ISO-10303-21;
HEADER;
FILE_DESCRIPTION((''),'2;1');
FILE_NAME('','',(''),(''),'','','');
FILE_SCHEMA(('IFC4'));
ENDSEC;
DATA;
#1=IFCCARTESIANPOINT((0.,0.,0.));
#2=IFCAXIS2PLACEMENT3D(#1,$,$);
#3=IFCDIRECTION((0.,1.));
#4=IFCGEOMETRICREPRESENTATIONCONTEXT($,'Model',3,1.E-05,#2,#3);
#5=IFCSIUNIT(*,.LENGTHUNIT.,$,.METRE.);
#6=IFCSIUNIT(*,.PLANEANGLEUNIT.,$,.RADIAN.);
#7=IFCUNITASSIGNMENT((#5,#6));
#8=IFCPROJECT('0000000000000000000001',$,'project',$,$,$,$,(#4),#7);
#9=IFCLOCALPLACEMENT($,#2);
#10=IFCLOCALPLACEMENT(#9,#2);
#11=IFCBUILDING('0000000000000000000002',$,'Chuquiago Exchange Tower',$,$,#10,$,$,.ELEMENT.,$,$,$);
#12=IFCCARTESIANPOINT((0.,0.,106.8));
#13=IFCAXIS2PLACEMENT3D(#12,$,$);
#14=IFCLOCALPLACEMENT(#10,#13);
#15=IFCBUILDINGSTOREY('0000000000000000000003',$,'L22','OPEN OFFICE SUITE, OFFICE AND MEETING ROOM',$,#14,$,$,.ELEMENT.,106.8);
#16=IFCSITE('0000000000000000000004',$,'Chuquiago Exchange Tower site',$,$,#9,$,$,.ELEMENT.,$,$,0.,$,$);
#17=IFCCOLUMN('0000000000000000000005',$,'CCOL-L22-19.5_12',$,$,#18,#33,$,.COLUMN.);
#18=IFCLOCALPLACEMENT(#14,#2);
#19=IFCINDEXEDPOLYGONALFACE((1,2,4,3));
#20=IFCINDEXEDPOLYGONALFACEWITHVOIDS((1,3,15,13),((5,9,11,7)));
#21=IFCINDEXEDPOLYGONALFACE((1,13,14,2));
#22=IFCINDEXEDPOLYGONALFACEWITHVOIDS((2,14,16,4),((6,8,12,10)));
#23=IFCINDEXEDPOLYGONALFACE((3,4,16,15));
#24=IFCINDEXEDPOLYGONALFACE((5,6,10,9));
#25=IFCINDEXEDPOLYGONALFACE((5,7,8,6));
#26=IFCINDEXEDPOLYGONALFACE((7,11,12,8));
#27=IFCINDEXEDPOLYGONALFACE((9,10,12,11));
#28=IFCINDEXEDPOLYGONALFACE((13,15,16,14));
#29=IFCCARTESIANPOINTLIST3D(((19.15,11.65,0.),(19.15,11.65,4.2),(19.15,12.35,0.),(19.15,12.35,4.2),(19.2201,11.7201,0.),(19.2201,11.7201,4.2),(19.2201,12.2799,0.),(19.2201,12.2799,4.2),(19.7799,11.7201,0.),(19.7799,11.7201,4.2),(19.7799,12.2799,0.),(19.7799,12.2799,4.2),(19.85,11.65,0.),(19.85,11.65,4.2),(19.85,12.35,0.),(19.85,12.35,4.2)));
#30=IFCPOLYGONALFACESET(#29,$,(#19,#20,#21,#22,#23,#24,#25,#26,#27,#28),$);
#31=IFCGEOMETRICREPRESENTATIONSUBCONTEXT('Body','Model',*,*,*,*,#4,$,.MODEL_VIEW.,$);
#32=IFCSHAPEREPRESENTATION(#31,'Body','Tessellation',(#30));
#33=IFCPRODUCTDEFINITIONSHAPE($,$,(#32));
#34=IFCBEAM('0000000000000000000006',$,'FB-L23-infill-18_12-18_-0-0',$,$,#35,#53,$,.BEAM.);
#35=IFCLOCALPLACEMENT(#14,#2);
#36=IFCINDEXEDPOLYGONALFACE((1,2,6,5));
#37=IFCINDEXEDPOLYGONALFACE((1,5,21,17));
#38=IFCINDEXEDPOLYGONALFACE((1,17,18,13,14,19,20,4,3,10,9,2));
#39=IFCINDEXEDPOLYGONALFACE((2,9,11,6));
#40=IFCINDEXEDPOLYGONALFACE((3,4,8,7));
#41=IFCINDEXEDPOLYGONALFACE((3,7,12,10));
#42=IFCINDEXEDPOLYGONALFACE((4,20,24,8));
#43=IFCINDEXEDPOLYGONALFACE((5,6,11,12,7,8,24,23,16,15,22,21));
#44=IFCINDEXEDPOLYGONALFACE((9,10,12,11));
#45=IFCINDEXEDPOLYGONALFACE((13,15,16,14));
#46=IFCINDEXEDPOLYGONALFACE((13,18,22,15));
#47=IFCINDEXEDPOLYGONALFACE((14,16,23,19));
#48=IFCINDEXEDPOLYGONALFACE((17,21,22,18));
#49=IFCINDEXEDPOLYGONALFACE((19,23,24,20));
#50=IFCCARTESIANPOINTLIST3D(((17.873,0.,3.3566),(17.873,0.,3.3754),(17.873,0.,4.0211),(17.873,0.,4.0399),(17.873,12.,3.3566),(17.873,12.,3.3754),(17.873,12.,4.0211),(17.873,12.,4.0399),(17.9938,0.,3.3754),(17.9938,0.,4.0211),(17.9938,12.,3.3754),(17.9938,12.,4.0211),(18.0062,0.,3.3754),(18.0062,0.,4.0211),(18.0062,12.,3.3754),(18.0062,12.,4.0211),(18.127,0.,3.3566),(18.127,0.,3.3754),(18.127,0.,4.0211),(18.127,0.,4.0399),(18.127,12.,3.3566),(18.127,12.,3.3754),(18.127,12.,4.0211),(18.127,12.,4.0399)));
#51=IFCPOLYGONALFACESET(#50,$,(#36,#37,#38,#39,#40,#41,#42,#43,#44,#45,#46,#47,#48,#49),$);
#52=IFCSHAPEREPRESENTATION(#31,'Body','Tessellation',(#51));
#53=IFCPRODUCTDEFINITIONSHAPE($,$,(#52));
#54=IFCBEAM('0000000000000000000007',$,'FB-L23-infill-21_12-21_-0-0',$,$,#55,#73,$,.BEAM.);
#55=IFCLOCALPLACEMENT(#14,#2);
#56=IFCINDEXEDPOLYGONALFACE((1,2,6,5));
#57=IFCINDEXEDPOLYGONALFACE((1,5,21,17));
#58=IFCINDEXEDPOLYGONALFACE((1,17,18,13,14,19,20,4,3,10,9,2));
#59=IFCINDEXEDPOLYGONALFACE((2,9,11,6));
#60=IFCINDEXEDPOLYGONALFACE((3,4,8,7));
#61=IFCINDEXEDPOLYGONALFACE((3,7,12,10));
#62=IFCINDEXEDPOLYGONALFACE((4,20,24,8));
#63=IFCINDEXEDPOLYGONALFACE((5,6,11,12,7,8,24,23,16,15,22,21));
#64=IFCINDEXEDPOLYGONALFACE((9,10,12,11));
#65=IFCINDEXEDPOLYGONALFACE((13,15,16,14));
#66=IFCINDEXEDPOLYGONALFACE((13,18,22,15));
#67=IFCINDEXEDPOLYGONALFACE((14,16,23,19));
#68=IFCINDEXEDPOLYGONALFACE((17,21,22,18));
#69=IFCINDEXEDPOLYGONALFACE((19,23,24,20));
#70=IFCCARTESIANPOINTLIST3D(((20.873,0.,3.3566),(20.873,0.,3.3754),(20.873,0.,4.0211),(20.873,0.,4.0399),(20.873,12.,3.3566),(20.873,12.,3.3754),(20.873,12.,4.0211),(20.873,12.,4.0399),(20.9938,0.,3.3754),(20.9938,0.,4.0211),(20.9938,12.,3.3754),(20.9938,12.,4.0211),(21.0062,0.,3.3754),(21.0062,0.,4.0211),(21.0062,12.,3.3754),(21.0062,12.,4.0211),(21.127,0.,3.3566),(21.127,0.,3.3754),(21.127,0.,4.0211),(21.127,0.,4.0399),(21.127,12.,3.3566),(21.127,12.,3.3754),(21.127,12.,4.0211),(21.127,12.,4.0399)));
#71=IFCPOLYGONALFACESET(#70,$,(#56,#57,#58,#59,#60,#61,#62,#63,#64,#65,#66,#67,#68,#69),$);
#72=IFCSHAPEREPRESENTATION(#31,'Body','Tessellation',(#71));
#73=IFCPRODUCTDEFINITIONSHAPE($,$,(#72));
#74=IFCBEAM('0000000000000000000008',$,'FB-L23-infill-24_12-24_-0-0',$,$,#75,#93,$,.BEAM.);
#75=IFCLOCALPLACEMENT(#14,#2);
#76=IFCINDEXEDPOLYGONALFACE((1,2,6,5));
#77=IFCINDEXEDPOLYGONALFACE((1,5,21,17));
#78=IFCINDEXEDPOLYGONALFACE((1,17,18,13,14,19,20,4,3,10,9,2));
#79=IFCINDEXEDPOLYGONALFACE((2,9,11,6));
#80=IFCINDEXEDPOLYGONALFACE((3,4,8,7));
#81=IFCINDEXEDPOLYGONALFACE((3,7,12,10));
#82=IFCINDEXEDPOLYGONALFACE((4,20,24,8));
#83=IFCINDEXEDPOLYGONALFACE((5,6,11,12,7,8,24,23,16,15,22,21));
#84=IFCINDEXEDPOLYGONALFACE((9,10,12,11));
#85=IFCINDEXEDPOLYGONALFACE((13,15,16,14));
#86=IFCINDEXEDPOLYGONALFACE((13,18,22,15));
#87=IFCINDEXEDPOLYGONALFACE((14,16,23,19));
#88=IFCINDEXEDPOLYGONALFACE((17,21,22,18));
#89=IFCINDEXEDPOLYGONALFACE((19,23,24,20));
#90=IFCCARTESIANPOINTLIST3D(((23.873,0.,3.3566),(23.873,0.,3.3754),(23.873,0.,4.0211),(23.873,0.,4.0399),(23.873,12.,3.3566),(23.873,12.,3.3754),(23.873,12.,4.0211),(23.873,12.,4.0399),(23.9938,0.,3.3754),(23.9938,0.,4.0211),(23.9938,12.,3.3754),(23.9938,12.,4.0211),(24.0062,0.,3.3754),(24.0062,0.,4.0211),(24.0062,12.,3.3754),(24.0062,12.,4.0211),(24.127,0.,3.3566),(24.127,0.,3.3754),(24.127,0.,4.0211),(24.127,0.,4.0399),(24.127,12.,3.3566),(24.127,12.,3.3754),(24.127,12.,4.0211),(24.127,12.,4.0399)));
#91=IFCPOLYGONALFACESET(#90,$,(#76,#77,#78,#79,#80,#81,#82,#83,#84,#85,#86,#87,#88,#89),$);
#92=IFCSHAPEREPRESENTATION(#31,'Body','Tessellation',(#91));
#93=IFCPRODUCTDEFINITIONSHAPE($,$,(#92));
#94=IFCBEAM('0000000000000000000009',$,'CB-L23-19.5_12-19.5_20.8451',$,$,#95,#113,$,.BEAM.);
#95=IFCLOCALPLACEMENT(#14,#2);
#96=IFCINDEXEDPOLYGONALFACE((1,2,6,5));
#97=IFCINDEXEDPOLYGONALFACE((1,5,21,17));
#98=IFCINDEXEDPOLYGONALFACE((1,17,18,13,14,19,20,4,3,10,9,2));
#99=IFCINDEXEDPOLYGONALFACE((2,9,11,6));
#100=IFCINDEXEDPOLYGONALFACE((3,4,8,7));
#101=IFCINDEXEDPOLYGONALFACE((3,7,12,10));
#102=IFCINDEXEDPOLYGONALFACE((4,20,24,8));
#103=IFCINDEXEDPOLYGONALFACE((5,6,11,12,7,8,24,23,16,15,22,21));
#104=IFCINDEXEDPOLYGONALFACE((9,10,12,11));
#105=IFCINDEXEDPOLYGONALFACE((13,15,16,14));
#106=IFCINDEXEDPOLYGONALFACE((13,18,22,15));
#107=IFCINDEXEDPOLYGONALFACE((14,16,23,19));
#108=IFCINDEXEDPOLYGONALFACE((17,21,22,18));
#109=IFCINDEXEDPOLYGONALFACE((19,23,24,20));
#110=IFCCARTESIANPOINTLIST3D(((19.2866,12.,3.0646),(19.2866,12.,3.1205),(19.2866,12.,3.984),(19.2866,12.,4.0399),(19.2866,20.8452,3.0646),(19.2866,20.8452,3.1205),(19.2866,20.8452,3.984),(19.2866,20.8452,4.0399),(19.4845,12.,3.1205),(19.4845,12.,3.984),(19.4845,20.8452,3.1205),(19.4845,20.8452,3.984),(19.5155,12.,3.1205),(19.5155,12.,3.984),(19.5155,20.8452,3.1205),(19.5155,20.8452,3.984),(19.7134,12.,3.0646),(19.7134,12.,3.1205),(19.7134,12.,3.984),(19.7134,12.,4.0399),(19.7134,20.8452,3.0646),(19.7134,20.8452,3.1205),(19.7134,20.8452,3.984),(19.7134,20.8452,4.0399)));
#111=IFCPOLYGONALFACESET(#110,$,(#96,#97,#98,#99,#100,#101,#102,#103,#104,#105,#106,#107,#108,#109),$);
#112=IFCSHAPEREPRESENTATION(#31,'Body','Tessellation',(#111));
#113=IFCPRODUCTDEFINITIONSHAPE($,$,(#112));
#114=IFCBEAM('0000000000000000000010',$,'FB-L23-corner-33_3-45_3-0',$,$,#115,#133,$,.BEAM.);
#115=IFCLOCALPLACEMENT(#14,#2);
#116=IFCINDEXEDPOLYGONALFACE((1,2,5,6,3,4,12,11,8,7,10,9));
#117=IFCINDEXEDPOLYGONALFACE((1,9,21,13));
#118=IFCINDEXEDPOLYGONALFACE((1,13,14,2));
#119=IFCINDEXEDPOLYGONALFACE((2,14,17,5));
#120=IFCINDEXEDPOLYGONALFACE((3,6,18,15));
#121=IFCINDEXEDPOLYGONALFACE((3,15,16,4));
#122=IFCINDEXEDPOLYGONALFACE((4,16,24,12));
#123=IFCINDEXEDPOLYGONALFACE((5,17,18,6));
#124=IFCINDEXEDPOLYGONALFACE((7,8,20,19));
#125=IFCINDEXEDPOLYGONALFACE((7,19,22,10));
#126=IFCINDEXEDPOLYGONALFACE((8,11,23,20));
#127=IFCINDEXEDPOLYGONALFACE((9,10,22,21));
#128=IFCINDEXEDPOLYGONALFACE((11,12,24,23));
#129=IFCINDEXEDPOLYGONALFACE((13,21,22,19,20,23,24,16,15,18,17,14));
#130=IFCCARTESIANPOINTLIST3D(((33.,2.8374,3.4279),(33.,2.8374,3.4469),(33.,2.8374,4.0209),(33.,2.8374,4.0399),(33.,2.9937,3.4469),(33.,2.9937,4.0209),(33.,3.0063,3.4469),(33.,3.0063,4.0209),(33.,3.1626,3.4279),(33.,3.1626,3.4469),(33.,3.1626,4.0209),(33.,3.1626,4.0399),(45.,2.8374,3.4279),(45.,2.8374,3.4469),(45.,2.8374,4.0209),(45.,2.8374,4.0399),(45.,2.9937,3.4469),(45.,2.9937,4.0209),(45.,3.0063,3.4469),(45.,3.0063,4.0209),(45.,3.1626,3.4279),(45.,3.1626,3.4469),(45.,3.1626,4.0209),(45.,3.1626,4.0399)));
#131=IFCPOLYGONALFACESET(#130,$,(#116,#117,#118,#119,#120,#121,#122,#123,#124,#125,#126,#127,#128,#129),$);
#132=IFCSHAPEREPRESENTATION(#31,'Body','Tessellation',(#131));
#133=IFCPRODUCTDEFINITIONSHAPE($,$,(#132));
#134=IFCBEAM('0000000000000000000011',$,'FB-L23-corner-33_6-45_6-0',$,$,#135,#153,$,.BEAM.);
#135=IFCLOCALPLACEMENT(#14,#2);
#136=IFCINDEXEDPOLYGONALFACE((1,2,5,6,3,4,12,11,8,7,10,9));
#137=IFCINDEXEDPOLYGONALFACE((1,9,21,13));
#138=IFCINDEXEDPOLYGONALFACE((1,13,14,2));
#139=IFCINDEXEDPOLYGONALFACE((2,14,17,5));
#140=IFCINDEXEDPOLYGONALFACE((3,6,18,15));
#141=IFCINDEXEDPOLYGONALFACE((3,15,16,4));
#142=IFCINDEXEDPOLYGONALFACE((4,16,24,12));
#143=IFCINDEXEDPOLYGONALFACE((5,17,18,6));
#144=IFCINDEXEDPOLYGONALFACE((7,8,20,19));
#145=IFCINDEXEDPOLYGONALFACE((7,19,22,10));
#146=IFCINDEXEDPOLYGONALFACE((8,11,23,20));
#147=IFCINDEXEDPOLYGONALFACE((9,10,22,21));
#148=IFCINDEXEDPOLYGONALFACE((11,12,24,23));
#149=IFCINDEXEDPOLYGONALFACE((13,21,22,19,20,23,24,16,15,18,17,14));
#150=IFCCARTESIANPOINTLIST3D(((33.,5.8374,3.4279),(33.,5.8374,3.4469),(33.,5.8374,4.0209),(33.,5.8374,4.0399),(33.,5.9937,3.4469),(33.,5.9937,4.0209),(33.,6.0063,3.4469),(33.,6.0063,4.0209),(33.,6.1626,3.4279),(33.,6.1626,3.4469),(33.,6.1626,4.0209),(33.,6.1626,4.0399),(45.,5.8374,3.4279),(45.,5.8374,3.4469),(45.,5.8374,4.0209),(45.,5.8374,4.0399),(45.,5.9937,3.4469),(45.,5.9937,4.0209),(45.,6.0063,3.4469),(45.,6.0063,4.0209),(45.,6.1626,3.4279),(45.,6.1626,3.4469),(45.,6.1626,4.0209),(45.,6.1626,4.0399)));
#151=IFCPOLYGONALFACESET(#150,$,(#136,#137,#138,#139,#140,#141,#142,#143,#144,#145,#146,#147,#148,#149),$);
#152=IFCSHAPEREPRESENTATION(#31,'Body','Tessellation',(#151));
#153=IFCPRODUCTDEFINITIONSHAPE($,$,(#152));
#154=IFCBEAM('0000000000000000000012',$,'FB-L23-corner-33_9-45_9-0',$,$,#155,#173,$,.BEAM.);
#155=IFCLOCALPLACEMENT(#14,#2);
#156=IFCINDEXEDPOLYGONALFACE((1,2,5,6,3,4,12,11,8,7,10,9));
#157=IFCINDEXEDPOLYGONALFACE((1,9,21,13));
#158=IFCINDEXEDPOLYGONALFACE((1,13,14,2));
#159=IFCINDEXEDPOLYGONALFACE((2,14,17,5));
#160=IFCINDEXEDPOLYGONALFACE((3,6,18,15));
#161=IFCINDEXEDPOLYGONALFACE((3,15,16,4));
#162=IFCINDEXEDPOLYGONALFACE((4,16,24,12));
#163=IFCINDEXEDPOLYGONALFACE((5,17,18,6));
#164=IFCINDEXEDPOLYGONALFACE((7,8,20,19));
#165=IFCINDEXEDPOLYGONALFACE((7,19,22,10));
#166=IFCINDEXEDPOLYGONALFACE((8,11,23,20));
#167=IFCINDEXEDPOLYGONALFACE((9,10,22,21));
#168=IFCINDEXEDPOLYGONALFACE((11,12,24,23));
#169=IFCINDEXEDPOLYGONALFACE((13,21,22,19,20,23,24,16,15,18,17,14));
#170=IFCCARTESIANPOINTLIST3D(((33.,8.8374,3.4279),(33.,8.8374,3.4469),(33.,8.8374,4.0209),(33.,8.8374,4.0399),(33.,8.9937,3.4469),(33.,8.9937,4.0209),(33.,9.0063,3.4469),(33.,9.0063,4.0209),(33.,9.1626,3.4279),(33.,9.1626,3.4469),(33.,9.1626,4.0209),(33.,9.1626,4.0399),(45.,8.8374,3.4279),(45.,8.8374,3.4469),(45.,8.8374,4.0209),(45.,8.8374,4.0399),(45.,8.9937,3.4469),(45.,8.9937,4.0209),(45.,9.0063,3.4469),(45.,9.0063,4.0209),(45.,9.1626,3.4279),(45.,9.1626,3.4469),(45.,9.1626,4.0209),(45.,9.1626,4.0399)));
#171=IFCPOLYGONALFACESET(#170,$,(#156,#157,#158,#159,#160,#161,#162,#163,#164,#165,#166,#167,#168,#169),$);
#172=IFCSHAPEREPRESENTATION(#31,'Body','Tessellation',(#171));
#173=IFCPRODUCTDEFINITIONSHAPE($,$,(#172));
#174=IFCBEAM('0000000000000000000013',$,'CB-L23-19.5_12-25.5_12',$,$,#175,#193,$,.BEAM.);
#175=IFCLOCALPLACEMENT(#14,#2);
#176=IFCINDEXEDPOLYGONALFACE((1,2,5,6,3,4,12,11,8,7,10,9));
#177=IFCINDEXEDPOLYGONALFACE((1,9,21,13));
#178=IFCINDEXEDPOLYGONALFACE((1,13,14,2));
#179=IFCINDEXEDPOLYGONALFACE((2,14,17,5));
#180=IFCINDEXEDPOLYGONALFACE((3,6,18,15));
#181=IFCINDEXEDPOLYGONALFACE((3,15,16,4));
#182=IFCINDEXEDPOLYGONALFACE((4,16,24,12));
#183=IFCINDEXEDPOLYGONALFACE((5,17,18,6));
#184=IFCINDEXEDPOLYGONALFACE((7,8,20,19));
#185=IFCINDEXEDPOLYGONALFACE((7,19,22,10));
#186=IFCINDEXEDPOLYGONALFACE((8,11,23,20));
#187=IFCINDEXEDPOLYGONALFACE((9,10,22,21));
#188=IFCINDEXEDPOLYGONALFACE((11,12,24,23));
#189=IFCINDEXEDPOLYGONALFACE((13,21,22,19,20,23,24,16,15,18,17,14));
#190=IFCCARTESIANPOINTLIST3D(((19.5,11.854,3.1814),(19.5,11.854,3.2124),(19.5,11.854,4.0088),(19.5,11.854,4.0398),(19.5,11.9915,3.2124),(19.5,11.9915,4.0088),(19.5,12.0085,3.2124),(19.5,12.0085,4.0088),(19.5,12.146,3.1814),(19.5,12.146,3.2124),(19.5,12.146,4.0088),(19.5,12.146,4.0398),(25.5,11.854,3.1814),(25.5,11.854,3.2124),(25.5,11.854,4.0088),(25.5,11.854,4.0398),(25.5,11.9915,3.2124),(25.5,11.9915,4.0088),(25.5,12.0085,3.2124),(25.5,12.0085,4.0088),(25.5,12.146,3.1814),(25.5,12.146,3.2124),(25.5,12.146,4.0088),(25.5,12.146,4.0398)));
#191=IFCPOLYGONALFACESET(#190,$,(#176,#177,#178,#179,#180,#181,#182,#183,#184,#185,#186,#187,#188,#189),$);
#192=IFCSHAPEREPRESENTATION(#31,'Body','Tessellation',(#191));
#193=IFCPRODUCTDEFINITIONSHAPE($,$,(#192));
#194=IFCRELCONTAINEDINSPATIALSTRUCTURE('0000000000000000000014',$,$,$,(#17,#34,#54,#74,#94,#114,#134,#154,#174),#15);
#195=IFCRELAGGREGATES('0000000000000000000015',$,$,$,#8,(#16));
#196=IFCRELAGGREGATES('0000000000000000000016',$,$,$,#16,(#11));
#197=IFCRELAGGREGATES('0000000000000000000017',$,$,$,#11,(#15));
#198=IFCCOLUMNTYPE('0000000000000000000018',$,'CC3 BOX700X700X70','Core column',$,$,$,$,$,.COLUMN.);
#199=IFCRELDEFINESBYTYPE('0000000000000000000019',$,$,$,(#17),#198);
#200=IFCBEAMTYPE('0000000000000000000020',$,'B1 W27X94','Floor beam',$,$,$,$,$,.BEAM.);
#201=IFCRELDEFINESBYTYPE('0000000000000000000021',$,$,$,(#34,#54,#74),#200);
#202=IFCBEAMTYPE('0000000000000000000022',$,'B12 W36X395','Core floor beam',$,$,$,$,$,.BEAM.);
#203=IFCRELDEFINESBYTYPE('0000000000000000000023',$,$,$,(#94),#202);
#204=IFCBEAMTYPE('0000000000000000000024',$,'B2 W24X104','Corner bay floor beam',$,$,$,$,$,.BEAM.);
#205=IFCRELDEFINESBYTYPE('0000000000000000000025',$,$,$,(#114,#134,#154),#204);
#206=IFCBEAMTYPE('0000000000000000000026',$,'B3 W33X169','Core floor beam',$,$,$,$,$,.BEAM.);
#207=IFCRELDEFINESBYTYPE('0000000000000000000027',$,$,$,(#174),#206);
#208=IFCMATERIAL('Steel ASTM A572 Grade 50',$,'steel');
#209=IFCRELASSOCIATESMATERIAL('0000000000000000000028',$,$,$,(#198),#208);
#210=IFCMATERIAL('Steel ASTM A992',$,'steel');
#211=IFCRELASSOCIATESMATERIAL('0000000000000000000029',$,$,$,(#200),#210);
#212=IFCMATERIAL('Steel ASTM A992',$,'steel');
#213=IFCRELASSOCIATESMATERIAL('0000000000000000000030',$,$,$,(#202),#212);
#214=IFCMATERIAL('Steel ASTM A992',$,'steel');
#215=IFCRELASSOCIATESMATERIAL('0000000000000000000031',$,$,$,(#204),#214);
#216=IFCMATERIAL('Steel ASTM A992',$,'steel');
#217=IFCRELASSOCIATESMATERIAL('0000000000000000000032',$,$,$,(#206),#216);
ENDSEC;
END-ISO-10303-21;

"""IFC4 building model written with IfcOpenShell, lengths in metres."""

from ifc_helpers import new_model, si_unit, direction, frame, origin, origin_2d, place, context, subcontext, project, spatial, hollow_rectangle, i_section, extrude, material, material_profile, profile_set, type_object, element, save


model = new_model("IFC4")

# Units and contexts
model_context = context("Model", 3, precision=1e-05, world=origin(), true_north=direction((0.0, 1.0)))
body_context = subcontext(model_context, "Body", "Model", "MODEL_VIEW")
ifc_project = project(units=[si_unit("LENGTHUNIT", "METRE"), si_unit("PLANEANGLEUNIT", "RADIAN")], contexts=[model_context])

# Site, building, storey
site_placement = place(None, origin())
site = spatial("IfcSite", under=ifc_project, at=site_placement, Name="Chuquiago Exchange Tower site", CompositionType="ELEMENT", RefElevation=0.0)
building_placement = place(site_placement, origin())
building = spatial("IfcBuilding", under=site, at=building_placement, Name="Chuquiago Exchange Tower", CompositionType="ELEMENT")
storey_placement = place(building_placement, frame((0.0, 0.0, 106.8)))
storey = spatial("IfcBuildingStorey", under=building, at=storey_placement, Name="L22", Description="OPEN OFFICE SUITE, OFFICE AND MEETING ROOM", CompositionType="ELEMENT", Elevation=106.8)

# Column
ifc_material_1 = material(Name="Steel ASTM A572 Grade 50", Category="steel")
ifc_material_profile_1 = material_profile(ifc_material_1, hollow_rectangle(XDim=0.7, YDim=0.7, WallThickness=0.0701, at=origin_2d()), Name="BOX700X700X70")
ifc_profile_set_1 = profile_set([ifc_material_profile_1], Name="Steel ASTM A572 Grade 50")
column_type = type_object("IfcColumnType", Name="CC3 BOX700X700X70", Description="Core column", PredefinedType="COLUMN", material=ifc_profile_set_1)
column_placement = place(storey_placement, frame((19.5, 12.0, 0.0), z_axis=(0.0, 0.0, 1.0), x_axis=(1.0, 0.0, 0.0)))
element("IfcColumn", 1, at=column_placement, inside=storey, type_object=column_type, Name="CCOL-L22-19.5_12", PredefinedType="COLUMN", context=body_context, shape_type="SweptSolid", body=[
    extrude(hollow_rectangle(XDim=0.7, YDim=0.7, WallThickness=0.0701, at=origin_2d()), origin(), (0.0, 0.0, 1.0), 4.2),
])

# Beams
ifc_material_2 = material(Name="Steel ASTM A992", Category="steel")
ifc_material_profile_2 = material_profile(ifc_material_2, i_section(OverallWidth=0.2539, OverallDepth=0.6833, WebThickness=0.0125, FlangeThickness=0.0188, at=origin_2d()), Name="W27X94")
ifc_profile_set_2 = profile_set([ifc_material_profile_2], Name="Steel ASTM A992")
beam_type_1 = type_object("IfcBeamType", Name="B1 W27X94", Description="Floor beam", PredefinedType="BEAM", material=ifc_profile_set_2)
for number, where, z_axis, x_axis, name in (
    (2, (18.0, 12.0, 3.6982), (0.0, -1.0, 0.0), (1.0, 0.0, 0.0), "FB-L23-infill-18_12-18_-0-0"),
    (3, (21.0, 12.0, 3.6982), (0.0, -1.0, 0.0), (1.0, 0.0, 0.0), "FB-L23-infill-21_12-21_-0-0"),
    (4, (24.0, 12.0, 3.6982), (0.0, -1.0, 0.0), (1.0, 0.0, 0.0), "FB-L23-infill-24_12-24_-0-0"),
):
    element("IfcBeam", number, at=place(storey_placement, frame(where, z_axis=z_axis, x_axis=x_axis)), inside=storey, type_object=beam_type_1, Name=name, PredefinedType="BEAM", context=body_context, shape_type="SweptSolid", body=[
        extrude(i_section(OverallWidth=0.2539, OverallDepth=0.6833, WebThickness=0.0125, FlangeThickness=0.0188, at=origin_2d()), origin(), (0.0, 0.0, 1.0), 12.0),
    ])
ifc_material_3 = material(Name="Steel ASTM A992", Category="steel")
ifc_material_profile_3 = material_profile(ifc_material_3, i_section(OverallWidth=0.4268, OverallDepth=0.9753, WebThickness=0.031, FlangeThickness=0.0559, at=origin_2d()), Name="W36X395")
ifc_profile_set_3 = profile_set([ifc_material_profile_3], Name="Steel ASTM A992")
beam_type_2 = type_object("IfcBeamType", Name="B12 W36X395", Description="Core floor beam", PredefinedType="BEAM", material=ifc_profile_set_3)
beam_1_placement = place(storey_placement, frame((19.5, 12.0, 3.5522), z_axis=(0.0, 1.0, 0.0), x_axis=(-1.0, 0.0, 0.0)))
element("IfcBeam", 5, at=beam_1_placement, inside=storey, type_object=beam_type_2, Name="CB-L23-19.5_12-19.5_20.8451", PredefinedType="BEAM", context=body_context, shape_type="SweptSolid", body=[
    extrude(i_section(OverallWidth=0.4268, OverallDepth=0.9753, WebThickness=0.031, FlangeThickness=0.0559, at=origin_2d()), origin(), (0.0, 0.0, 1.0), 8.8452),
])
ifc_material_4 = material(Name="Steel ASTM A992", Category="steel")
ifc_material_profile_4 = material_profile(ifc_material_4, i_section(OverallWidth=0.3252, OverallDepth=0.6121, WebThickness=0.0127, FlangeThickness=0.019, at=origin_2d()), Name="W24X104")
ifc_profile_set_4 = profile_set([ifc_material_profile_4], Name="Steel ASTM A992")
beam_type_3 = type_object("IfcBeamType", Name="B2 W24X104", Description="Corner bay floor beam", PredefinedType="BEAM", material=ifc_profile_set_4)
for number, where, z_axis, x_axis, name in (
    (6, (33.0, 3.0, 3.7339), (1.0, 0.0, 0.0), (0.0, 1.0, 0.0), "FB-L23-corner-33_3-45_3-0"),
    (7, (33.0, 6.0, 3.7339), (1.0, 0.0, 0.0), (0.0, 1.0, 0.0), "FB-L23-corner-33_6-45_6-0"),
    (8, (33.0, 9.0, 3.7339), (1.0, 0.0, 0.0), (0.0, 1.0, 0.0), "FB-L23-corner-33_9-45_9-0"),
):
    element("IfcBeam", number, at=place(storey_placement, frame(where, z_axis=z_axis, x_axis=x_axis)), inside=storey, type_object=beam_type_3, Name=name, PredefinedType="BEAM", context=body_context, shape_type="SweptSolid", body=[
        extrude(i_section(OverallWidth=0.3252, OverallDepth=0.6121, WebThickness=0.0127, FlangeThickness=0.019, at=origin_2d()), origin(), (0.0, 0.0, 1.0), 12.0),
    ])
ifc_material_5 = material(Name="Steel ASTM A992", Category="steel")
ifc_material_profile_5 = material_profile(ifc_material_5, i_section(OverallWidth=0.292, OverallDepth=0.8584, WebThickness=0.0171, FlangeThickness=0.031, at=origin_2d()), Name="W33X169")
ifc_profile_set_5 = profile_set([ifc_material_profile_5], Name="Steel ASTM A992")
beam_type_4 = type_object("IfcBeamType", Name="B3 W33X169", Description="Core floor beam", PredefinedType="BEAM", material=ifc_profile_set_5)
beam_2_placement = place(storey_placement, frame((19.5, 12.0, 3.6106), z_axis=(1.0, 0.0, 0.0), x_axis=(0.0, 1.0, 0.0)))
element("IfcBeam", 9, at=beam_2_placement, inside=storey, type_object=beam_type_4, Name="CB-L23-19.5_12-25.5_12", PredefinedType="BEAM", context=body_context, shape_type="SweptSolid", body=[
    extrude(i_section(OverallWidth=0.292, OverallDepth=0.8584, WebThickness=0.0171, FlangeThickness=0.031, at=origin_2d()), origin(), (0.0, 0.0, 1.0), 6.0),
])

save(model, "model.ifc")
